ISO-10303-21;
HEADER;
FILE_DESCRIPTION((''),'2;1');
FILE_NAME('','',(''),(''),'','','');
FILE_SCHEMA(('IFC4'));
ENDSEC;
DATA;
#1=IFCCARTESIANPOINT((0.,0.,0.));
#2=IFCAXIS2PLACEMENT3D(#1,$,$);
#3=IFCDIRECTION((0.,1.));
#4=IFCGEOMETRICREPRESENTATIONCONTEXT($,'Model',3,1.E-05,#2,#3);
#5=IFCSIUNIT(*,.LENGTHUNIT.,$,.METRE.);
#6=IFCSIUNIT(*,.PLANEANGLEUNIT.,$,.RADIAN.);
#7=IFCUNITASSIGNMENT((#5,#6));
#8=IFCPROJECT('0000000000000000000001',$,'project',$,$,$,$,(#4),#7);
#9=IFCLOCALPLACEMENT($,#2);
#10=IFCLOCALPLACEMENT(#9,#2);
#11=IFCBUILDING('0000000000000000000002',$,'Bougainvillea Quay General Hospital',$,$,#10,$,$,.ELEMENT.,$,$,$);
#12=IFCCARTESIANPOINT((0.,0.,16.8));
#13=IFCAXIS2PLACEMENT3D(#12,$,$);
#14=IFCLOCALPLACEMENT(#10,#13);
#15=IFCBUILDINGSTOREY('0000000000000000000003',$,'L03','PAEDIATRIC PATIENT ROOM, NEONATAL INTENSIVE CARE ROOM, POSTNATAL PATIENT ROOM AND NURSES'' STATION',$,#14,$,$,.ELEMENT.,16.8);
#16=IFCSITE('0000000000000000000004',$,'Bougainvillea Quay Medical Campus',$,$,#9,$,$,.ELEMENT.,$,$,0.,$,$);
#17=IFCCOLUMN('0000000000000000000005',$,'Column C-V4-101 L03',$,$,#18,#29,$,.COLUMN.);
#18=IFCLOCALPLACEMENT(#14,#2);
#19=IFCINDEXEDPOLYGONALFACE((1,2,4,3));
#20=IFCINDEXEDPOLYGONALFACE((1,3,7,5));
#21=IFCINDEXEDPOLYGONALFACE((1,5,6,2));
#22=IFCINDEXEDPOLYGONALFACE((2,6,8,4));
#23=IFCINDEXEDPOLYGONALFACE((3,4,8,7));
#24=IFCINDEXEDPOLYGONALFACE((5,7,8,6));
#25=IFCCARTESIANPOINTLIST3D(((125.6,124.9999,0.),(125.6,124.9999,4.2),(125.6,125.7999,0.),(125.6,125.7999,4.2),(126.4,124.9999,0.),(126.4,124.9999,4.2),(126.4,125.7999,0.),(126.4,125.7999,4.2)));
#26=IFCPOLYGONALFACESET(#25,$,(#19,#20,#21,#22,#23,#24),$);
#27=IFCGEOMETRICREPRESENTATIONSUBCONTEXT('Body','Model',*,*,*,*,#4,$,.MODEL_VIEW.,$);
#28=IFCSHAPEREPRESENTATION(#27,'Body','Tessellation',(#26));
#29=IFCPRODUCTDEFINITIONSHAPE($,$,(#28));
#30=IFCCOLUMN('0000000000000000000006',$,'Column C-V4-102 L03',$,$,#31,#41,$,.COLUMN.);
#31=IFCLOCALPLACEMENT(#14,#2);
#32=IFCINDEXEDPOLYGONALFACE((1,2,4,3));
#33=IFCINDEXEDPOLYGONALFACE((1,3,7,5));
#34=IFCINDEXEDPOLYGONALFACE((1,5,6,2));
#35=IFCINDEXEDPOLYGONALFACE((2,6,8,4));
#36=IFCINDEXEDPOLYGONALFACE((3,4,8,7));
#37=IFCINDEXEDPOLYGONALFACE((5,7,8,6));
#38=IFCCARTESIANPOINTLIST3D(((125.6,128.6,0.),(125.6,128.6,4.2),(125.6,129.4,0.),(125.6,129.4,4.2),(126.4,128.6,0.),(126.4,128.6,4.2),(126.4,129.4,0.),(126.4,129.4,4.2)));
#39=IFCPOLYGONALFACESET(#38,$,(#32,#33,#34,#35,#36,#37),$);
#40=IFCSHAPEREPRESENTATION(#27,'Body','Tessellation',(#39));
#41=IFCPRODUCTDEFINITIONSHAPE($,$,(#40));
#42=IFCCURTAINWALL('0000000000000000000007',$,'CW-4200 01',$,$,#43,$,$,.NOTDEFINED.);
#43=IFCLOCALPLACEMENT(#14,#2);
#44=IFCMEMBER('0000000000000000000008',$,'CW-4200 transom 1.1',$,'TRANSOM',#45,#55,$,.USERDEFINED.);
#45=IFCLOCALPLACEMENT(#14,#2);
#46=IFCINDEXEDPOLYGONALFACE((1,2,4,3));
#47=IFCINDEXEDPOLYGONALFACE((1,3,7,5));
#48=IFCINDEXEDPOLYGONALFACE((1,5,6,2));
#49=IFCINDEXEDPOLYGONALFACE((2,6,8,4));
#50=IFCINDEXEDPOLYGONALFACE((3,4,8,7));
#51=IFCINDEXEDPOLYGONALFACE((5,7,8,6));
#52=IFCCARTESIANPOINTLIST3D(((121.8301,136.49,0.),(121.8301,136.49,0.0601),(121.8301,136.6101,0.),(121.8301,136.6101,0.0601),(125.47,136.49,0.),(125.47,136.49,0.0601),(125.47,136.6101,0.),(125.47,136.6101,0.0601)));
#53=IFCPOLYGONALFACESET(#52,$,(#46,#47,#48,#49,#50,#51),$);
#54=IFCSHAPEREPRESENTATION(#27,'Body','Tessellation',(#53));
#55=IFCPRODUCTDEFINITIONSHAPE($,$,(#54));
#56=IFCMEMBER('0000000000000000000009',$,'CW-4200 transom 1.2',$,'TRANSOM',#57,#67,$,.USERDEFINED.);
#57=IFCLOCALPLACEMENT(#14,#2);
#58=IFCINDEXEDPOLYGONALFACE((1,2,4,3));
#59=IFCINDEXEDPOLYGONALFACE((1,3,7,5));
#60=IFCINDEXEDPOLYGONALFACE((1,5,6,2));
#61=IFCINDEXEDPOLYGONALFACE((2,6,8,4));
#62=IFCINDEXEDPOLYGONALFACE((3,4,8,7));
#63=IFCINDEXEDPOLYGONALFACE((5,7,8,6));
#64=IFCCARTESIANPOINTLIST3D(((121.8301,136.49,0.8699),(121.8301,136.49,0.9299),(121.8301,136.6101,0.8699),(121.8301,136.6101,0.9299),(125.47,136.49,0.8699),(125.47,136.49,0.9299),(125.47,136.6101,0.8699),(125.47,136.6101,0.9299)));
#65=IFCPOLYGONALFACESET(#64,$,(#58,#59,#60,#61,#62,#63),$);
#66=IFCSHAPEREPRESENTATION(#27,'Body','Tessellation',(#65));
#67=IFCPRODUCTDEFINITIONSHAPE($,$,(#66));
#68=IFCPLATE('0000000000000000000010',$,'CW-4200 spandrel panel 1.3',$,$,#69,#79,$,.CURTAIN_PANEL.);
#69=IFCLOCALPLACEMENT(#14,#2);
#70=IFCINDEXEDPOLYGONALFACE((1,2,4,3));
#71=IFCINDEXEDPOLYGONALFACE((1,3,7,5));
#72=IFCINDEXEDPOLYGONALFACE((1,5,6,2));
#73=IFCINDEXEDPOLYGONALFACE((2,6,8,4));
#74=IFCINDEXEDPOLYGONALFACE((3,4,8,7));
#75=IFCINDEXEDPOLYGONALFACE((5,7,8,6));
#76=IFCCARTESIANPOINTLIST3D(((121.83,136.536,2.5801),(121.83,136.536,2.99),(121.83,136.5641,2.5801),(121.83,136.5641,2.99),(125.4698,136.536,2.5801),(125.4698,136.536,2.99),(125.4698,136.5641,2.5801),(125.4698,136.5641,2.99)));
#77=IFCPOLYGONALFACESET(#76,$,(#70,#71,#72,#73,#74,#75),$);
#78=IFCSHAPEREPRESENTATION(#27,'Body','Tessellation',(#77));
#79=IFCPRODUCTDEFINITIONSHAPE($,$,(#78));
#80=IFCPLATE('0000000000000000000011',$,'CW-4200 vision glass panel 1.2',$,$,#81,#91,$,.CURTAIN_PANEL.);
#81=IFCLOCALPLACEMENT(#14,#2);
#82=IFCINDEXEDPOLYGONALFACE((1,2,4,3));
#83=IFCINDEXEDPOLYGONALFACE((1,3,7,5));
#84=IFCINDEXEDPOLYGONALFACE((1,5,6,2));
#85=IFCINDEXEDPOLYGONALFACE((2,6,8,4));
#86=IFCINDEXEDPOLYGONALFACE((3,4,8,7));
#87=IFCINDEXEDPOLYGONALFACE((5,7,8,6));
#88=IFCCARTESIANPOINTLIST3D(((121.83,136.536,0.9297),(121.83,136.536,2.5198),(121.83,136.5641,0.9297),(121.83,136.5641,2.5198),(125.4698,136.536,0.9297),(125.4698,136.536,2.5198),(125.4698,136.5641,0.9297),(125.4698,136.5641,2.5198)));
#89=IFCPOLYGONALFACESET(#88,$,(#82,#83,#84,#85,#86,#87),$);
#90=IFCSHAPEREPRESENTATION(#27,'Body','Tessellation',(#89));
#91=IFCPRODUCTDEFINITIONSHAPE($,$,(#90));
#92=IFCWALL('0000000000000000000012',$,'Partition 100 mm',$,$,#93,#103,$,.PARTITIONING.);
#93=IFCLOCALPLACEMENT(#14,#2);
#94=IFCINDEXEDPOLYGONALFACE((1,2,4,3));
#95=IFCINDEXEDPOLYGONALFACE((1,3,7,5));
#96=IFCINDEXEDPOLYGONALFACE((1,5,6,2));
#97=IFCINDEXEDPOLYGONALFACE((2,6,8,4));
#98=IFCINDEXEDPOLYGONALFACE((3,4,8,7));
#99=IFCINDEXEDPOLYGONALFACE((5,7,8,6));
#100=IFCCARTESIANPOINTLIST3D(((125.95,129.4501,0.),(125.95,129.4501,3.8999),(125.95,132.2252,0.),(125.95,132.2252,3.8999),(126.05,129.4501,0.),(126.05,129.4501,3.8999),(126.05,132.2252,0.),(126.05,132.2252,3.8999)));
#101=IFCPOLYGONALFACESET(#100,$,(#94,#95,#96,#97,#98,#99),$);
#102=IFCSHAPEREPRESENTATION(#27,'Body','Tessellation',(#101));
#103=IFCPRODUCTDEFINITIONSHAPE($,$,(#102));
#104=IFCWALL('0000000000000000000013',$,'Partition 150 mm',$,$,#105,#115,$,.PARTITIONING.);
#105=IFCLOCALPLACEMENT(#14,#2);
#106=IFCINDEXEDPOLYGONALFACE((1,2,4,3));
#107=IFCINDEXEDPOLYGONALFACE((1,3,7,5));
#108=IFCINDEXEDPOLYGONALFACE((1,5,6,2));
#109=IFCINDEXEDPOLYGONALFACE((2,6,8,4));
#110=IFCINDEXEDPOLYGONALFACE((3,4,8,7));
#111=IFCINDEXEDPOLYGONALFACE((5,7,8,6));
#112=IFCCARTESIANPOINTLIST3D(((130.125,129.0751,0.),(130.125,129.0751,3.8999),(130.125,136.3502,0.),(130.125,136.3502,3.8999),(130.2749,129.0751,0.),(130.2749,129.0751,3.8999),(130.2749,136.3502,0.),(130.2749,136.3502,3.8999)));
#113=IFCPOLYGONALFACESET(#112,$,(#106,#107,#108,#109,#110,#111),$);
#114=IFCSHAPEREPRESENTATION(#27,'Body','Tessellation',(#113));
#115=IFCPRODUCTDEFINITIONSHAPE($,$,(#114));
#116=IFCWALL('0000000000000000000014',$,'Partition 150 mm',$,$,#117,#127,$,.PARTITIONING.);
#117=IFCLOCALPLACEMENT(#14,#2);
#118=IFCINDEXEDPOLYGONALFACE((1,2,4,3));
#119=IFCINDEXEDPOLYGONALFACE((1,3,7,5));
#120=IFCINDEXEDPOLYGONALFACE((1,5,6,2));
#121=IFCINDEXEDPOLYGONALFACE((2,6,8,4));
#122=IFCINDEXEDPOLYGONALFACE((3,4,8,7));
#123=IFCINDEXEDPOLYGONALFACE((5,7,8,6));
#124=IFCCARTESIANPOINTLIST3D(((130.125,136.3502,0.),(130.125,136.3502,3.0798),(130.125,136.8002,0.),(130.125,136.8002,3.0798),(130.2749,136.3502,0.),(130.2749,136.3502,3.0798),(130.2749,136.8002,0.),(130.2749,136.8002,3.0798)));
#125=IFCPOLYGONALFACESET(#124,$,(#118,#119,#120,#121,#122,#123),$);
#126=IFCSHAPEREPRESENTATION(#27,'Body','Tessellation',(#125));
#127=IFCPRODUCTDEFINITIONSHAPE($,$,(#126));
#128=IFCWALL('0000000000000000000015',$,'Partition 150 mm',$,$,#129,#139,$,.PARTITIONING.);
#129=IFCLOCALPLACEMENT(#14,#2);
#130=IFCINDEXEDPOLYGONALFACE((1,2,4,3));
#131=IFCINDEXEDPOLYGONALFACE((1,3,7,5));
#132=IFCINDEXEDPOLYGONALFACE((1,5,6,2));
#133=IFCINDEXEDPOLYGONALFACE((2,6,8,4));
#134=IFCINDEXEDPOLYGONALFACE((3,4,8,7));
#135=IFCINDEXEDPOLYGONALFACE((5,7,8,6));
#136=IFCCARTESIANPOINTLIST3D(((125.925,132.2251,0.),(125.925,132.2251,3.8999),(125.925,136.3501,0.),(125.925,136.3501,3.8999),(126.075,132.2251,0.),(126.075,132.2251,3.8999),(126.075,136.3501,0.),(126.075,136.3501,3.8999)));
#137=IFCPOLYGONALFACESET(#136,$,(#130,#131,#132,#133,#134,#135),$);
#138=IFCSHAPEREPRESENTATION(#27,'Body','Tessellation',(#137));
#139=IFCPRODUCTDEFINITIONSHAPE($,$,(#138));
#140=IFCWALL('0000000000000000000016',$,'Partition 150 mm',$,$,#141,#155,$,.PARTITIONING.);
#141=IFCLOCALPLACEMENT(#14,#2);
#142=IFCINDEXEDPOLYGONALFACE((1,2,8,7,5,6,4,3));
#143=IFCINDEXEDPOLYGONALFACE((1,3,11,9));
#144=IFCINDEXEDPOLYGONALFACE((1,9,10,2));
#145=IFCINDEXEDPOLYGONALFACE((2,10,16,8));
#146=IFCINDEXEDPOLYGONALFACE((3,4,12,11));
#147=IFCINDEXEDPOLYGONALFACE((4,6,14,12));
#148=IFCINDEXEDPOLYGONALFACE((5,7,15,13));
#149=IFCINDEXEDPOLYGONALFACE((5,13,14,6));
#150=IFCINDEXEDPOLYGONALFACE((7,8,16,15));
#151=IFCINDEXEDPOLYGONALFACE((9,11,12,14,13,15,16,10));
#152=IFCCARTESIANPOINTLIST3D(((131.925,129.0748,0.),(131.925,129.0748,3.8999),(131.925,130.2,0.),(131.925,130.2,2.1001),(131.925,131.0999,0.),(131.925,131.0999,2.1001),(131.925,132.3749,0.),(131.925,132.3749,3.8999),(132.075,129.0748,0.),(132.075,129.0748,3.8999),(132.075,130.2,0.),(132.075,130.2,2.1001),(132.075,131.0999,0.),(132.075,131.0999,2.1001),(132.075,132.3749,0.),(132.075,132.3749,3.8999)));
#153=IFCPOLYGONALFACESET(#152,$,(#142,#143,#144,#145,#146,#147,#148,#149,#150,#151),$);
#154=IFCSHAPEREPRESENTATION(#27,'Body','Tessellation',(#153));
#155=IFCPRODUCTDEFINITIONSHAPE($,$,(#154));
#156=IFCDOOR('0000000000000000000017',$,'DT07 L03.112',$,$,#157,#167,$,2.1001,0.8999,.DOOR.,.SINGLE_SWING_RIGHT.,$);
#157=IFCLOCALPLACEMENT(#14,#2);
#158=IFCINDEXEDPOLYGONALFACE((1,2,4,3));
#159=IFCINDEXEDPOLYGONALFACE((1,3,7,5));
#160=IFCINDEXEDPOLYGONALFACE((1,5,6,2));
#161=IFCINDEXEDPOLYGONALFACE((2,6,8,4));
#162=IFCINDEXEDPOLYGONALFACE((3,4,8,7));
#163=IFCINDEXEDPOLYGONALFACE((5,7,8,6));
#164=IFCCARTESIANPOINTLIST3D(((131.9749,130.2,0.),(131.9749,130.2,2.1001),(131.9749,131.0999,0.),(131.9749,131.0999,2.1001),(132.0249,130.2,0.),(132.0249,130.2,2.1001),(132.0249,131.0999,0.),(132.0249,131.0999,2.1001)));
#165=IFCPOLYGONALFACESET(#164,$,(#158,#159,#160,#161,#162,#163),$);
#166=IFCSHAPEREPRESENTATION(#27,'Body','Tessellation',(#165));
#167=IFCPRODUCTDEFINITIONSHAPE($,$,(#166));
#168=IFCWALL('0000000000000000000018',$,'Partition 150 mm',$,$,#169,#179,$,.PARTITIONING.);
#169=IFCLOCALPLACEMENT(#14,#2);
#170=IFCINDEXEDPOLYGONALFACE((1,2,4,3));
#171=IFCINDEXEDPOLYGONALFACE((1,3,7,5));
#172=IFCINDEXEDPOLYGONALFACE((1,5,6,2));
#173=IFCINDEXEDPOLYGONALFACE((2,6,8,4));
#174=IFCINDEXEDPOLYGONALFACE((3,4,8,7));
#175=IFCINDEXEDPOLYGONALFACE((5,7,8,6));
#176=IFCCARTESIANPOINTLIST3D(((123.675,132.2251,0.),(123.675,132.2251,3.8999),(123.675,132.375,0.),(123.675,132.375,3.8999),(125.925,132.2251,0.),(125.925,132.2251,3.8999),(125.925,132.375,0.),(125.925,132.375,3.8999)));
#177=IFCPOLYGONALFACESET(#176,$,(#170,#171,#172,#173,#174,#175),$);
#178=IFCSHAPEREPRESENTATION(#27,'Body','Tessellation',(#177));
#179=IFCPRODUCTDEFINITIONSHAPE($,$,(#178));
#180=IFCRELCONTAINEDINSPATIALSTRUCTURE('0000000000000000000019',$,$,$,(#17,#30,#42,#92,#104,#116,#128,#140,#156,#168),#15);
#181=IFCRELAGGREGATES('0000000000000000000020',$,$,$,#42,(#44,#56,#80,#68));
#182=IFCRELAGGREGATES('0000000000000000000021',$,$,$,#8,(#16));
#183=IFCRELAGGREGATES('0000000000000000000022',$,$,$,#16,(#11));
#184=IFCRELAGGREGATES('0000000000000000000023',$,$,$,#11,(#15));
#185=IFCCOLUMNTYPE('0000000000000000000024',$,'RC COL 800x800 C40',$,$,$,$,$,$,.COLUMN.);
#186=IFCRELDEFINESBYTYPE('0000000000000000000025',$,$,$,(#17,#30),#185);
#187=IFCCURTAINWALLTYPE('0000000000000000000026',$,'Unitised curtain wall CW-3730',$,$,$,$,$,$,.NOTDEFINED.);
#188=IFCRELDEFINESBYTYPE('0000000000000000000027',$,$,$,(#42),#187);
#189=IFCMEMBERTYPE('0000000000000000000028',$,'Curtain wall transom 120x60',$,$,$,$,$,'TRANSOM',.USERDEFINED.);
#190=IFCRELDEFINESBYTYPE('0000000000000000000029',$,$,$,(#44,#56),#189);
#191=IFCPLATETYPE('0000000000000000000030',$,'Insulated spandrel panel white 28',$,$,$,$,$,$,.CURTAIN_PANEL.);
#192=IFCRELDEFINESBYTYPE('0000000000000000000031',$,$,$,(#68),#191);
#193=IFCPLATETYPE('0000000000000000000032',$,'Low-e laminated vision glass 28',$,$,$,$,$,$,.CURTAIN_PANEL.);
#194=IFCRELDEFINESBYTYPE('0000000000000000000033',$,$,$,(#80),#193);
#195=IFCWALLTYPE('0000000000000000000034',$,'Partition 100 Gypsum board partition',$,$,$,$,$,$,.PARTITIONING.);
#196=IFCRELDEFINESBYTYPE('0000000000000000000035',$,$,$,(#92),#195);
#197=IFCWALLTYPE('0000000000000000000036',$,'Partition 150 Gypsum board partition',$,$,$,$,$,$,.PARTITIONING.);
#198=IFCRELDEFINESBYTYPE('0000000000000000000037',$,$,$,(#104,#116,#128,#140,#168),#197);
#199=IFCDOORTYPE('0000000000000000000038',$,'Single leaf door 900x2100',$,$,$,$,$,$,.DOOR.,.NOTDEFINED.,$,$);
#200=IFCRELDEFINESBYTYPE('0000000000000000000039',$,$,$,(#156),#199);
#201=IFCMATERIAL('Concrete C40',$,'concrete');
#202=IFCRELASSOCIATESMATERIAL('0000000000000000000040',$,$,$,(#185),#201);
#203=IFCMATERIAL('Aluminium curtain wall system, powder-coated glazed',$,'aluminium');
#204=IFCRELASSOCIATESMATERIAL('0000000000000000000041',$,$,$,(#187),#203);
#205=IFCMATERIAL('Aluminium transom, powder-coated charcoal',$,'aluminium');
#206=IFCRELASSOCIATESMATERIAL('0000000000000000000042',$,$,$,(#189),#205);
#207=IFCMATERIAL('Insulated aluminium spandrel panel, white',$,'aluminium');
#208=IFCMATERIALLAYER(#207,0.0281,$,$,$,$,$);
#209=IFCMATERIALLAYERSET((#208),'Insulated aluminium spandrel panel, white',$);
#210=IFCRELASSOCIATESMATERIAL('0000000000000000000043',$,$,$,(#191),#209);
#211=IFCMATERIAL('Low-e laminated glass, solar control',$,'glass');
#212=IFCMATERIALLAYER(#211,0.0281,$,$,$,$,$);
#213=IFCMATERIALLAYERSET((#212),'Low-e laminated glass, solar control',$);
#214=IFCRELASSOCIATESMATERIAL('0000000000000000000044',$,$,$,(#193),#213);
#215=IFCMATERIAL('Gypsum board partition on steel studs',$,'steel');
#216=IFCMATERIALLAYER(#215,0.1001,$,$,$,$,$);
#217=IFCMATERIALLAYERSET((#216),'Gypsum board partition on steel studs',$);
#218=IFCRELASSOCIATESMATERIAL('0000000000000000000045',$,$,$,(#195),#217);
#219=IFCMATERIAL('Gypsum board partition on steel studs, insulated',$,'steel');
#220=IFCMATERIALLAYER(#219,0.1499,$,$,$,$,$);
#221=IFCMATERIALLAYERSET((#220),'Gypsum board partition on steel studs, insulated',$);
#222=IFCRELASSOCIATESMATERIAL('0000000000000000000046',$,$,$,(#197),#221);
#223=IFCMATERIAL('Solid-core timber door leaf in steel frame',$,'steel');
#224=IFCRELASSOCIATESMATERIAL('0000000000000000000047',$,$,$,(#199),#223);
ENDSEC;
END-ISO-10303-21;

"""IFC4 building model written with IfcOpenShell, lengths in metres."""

from ifc_helpers import new_model, si_unit, direction, frame, frame_2d, origin, origin_2d, place, context, subcontext, project, spatial, rectangle, extrude, material, layer, layer_set, material_profile, profile_set, type_object, element, fill, aggregate, save


model = new_model("IFC4")

# Units and contexts
model_context = context("Model", 3, precision=1e-05, world=origin(), true_north=direction((0.0, 1.0)))
body_context = subcontext(model_context, "Body", "Model", "MODEL_VIEW")
ifc_project = project(units=[si_unit("LENGTHUNIT", "METRE"), si_unit("PLANEANGLEUNIT", "RADIAN")], contexts=[model_context])

# Site, building, storey
site_placement = place(None, origin())
site = spatial("IfcSite", under=ifc_project, at=site_placement, Name="Bougainvillea Quay Medical Campus", CompositionType="ELEMENT", RefElevation=0.0)
building_placement = place(site_placement, origin())
building = spatial("IfcBuilding", under=site, at=building_placement, Name="Bougainvillea Quay General Hospital", CompositionType="ELEMENT")
storey_placement = place(building_placement, frame((0.0, 0.0, 16.8)))
storey = spatial("IfcBuildingStorey", under=building, at=storey_placement, Name="L03", Description="PAEDIATRIC PATIENT ROOM, NEONATAL INTENSIVE CARE ROOM, POSTNATAL PATIENT ROOM AND NURSES' STATION", CompositionType="ELEMENT", Elevation=16.8)

# Columns
ifc_material_1 = material(Name="Concrete C40", Category="concrete")
ifc_material_profile_1 = material_profile(ifc_material_1, rectangle(XDim=0.8, YDim=0.8, at=origin_2d()))
ifc_profile_set_1 = profile_set([ifc_material_profile_1], Name="Concrete C40")
column_type = type_object("IfcColumnType", Name="RC COL 800x800 C40", PredefinedType="COLUMN", material=ifc_profile_set_1)
for number, where, z_axis, x_axis, name in (
    (1, (126.0, 125.3999, 0.0), (0.0, 0.0, 1.0), (1.0, 0.0, 0.0), "Column C-V4-101 L03"),
    (2, (126.0, 129.0, 0.0), (0.0, 0.0, 1.0), (1.0, 0.0, 0.0), "Column C-V4-102 L03"),
):
    element("IfcColumn", number, at=place(storey_placement, frame(where, z_axis=z_axis, x_axis=x_axis)), inside=storey, type_object=column_type, Name=name, PredefinedType="COLUMN", context=body_context, shape_type="SweptSolid", body=[
        extrude(rectangle(XDim=0.8, YDim=0.8, at=origin_2d()), origin(), (0.0, 0.0, 1.0), 4.2),
    ])

# Curtain wall, members, plates
ifc_material_2 = material(Name="Aluminium curtain wall system, powder-coated glazed", Category="aluminium")
curtain_wall_type = type_object("IfcCurtainWallType", Name="Unitised curtain wall CW-3730", PredefinedType="NOTDEFINED", material=ifc_material_2)
curtain_wall_placement = place(storey_placement, origin())
curtain_wall = element("IfcCurtainWall", 3, at=curtain_wall_placement, inside=storey, type_object=curtain_wall_type, Name="CW-4200 01", PredefinedType="NOTDEFINED")
ifc_material_3 = material(Name="Aluminium transom, powder-coated charcoal", Category="aluminium")
ifc_material_profile_2 = material_profile(ifc_material_3, rectangle(XDim=0.1201, YDim=0.0601, at=origin_2d()))
ifc_profile_set_2 = profile_set([ifc_material_profile_2], Name="Aluminium transom, powder-coated charcoal")
member_type = type_object("IfcMemberType", Name="Curtain wall transom 120x60", ElementType="TRANSOM", PredefinedType="USERDEFINED", material=ifc_profile_set_2)
member_1_placement = place(storey_placement, frame((125.47, 136.55, 0.03), z_axis=(-1.0, 0.0, 0.0), x_axis=(0.0, -1.0, 0.0)))
member_1 = element("IfcMember", 4, at=member_1_placement, type_object=member_type, Name="CW-4200 transom 1.1", ObjectType="TRANSOM", PredefinedType="USERDEFINED", context=body_context, shape_type="SweptSolid", body=[
    extrude(rectangle(XDim=0.1201, YDim=0.0601, at=origin_2d()), origin(), (0.0, 0.0, 1.0), 3.6399),
])
member_2_placement = place(storey_placement, frame((125.47, 136.55, 0.8999), z_axis=(-1.0, 0.0, 0.0), x_axis=(0.0, -1.0, 0.0)))
member_2 = element("IfcMember", 5, at=member_2_placement, type_object=member_type, Name="CW-4200 transom 1.2", ObjectType="TRANSOM", PredefinedType="USERDEFINED", context=body_context, shape_type="SweptSolid", body=[
    extrude(rectangle(XDim=0.1201, YDim=0.0601, at=origin_2d()), origin(), (0.0, 0.0, 1.0), 3.6399),
])
ifc_material_4 = material(Name="Insulated aluminium spandrel panel, white", Category="aluminium")
ifc_layer_1 = layer(ifc_material_4, 0.0281)
ifc_layer_set_1 = layer_set([ifc_layer_1], Name="Insulated aluminium spandrel panel, white")
plate_type_1 = type_object("IfcPlateType", Name="Insulated spandrel panel white 28", PredefinedType="CURTAIN_PANEL", material=ifc_layer_set_1)
plate_1_placement = place(storey_placement, frame((123.6499, 136.55, 2.5801), z_axis=(0.0, 0.0, 1.0), x_axis=(-1.0, 0.0, 0.0)))
plate_1 = element("IfcPlate", 6, at=plate_1_placement, type_object=plate_type_1, Name="CW-4200 spandrel panel 1.3", PredefinedType="CURTAIN_PANEL", context=body_context, shape_type="SweptSolid", body=[
    extrude(rectangle(XDim=3.6399, YDim=0.0281, at=origin_2d()), origin(), (0.0, 0.0, 1.0), 0.4099),
])
ifc_material_5 = material(Name="Low-e laminated glass, solar control", Category="glass")
ifc_layer_2 = layer(ifc_material_5, 0.0281)
ifc_layer_set_2 = layer_set([ifc_layer_2], Name="Low-e laminated glass, solar control")
plate_type_2 = type_object("IfcPlateType", Name="Low-e laminated vision glass 28", PredefinedType="CURTAIN_PANEL", material=ifc_layer_set_2)
plate_2_placement = place(storey_placement, frame((123.6499, 136.55, 0.9297), z_axis=(0.0, 0.0, 1.0), x_axis=(-1.0, 0.0, 0.0)))
plate_2 = element("IfcPlate", 7, at=plate_2_placement, type_object=plate_type_2, Name="CW-4200 vision glass panel 1.2", PredefinedType="CURTAIN_PANEL", context=body_context, shape_type="SweptSolid", body=[
    extrude(rectangle(XDim=3.6399, YDim=0.0281, at=origin_2d()), origin(), (0.0, 0.0, 1.0), 1.5901),
])
aggregate(curtain_wall, [member_1, member_2, plate_2, plate_1])

# Walls
ifc_material_6 = material(Name="Gypsum board partition on steel studs", Category="steel")
ifc_layer_3 = layer(ifc_material_6, 0.1001)
ifc_layer_set_3 = layer_set([ifc_layer_3], Name="Gypsum board partition on steel studs")
wall_type_1 = type_object("IfcWallType", Name="Partition 100 Gypsum board partition", PredefinedType="PARTITIONING", material=ifc_layer_set_3)
wall_1_placement = place(storey_placement, frame((126.0, 129.45, 0.0), z_axis=(0.0, 0.0, 1.0), x_axis=(0.0, 1.0, 0.0)))
element("IfcWall", 8, at=wall_1_placement, inside=storey, type_object=wall_type_1, Name="Partition 100 mm", PredefinedType="PARTITIONING", context=body_context, shape_type="SweptSolid", body=[
    extrude(rectangle(XDim=2.7751, YDim=0.1001, at=frame_2d((1.3877, 0.0))), origin(), (0.0, 0.0, 1.0), 3.8999),
])
ifc_material_7 = material(Name="Gypsum board partition on steel studs, insulated", Category="steel")
ifc_layer_4 = layer(ifc_material_7, 0.1499)
ifc_layer_set_4 = layer_set([ifc_layer_4], Name="Gypsum board partition on steel studs, insulated")
wall_type_2 = type_object("IfcWallType", Name="Partition 150 Gypsum board partition", PredefinedType="PARTITIONING", material=ifc_layer_set_4)
wall_2_placement = place(storey_placement, frame((130.2, 129.075, 0.0), z_axis=(0.0, 0.0, 1.0), x_axis=(0.0, 1.0, 0.0)))
element("IfcWall", 9, at=wall_2_placement, inside=storey, type_object=wall_type_2, Name="Partition 150 mm", PredefinedType="PARTITIONING", context=body_context, shape_type="SweptSolid", body=[
    extrude(rectangle(XDim=7.2751, YDim=0.1499, at=frame_2d((3.6377, 0.0))), origin(), (0.0, 0.0, 1.0), 3.8999),
])
wall_3_placement = place(storey_placement, frame((130.2, 136.3501, 0.0), z_axis=(0.0, 0.0, 1.0), x_axis=(0.0, 1.0, 0.0)))
element("IfcWall", 10, at=wall_3_placement, inside=storey, type_object=wall_type_2, Name="Partition 150 mm", PredefinedType="PARTITIONING", context=body_context, shape_type="SweptSolid", body=[
    extrude(rectangle(XDim=0.45, YDim=0.1499, at=frame_2d((0.2251, 0.0))), origin(), (0.0, 0.0, 1.0), 3.0798),
])
wall_4_placement = place(storey_placement, frame((126.0, 132.2251, 0.0), z_axis=(0.0, 0.0, 1.0), x_axis=(0.0, 1.0, 0.0)))
element("IfcWall", 11, at=wall_4_placement, inside=storey, type_object=wall_type_2, Name="Partition 150 mm", PredefinedType="PARTITIONING", context=body_context, shape_type="SweptSolid", body=[
    extrude(rectangle(XDim=4.125, YDim=0.1499, at=frame_2d((2.0625, 0.0))), origin(), (0.0, 0.0, 1.0), 3.8999),
])

# Wall, opening, door
wall_5_placement = place(storey_placement, frame((132.0, 129.075, 0.0), z_axis=(0.0, 0.0, 1.0), x_axis=(0.0, 1.0, 0.0)))
wall_5 = element("IfcWall", 12, at=wall_5_placement, inside=storey, type_object=wall_type_2, Name="Partition 150 mm", PredefinedType="PARTITIONING", context=body_context, shape_type="SweptSolid", body=[
    extrude(rectangle(XDim=3.3, YDim=0.1499, at=frame_2d((1.6499, 0.0))), origin(), (0.0, 0.0, 1.0), 3.8999),
])
opening_1_placement = place(wall_5_placement, frame((1.125, 0.0, 0.0)))
opening_1 = element("IfcOpeningElement", 13, at=opening_1_placement, cuts=wall_5, PredefinedType="OPENING", context=body_context, shape_type="SweptSolid", body=[
    extrude(rectangle(XDim=0.8999, YDim=2.1001, at=frame_2d((0.45, 1.05))), frame((0.0, 0.085, 0.0), z_axis=(0.0, -1.0, 0.0), x_axis=(1.0, 0.0, 0.0)), (0.0, 0.0, 1.0), 0.1699),
])
ifc_material_8 = material(Name="Solid-core timber door leaf in steel frame", Category="steel")
door_type_1 = type_object("IfcDoorType", Name="Single leaf door 900x2100", OperationType="NOTDEFINED", PredefinedType="DOOR", material=ifc_material_8)
door_1_placement = place(opening_1_placement, frame((0.8999, 0.0, 0.0), z_axis=(0.0, 0.0, 1.0), x_axis=(-1.0, 0.0, 0.0)))
door_1 = element("IfcDoor", 14, at=door_1_placement, inside=storey, type_object=door_type_1, Name="DT07 L03.112", OperationType="SINGLE_SWING_RIGHT", OverallHeight=2.1001, OverallWidth=0.8999, PredefinedType="DOOR", context=body_context, shape_type="SweptSolid", body=[
    extrude(rectangle(XDim=0.8999, YDim=2.1001, at=frame_2d((0.45, 1.05))), frame((0.0, 0.0249, 0.0), z_axis=(0.0, -1.0, 0.0), x_axis=(1.0, 0.0, 0.0)), (0.0, 0.0, 1.0), 0.05),
])
fill(opening_1, door_1)

# Wall
wall_6_placement = place(storey_placement, frame((123.675, 132.3, 0.0), z_axis=(0.0, 0.0, 1.0), x_axis=(1.0, 0.0, 0.0)))
element("IfcWall", 15, at=wall_6_placement, inside=storey, type_object=wall_type_2, Name="Partition 150 mm", PredefinedType="PARTITIONING", context=body_context, shape_type="SweptSolid", body=[
    extrude(rectangle(XDim=2.25, YDim=0.1499, at=frame_2d((1.125, 0.0))), origin(), (0.0, 0.0, 1.0), 3.8999),
])

save(model, "model.ifc")
